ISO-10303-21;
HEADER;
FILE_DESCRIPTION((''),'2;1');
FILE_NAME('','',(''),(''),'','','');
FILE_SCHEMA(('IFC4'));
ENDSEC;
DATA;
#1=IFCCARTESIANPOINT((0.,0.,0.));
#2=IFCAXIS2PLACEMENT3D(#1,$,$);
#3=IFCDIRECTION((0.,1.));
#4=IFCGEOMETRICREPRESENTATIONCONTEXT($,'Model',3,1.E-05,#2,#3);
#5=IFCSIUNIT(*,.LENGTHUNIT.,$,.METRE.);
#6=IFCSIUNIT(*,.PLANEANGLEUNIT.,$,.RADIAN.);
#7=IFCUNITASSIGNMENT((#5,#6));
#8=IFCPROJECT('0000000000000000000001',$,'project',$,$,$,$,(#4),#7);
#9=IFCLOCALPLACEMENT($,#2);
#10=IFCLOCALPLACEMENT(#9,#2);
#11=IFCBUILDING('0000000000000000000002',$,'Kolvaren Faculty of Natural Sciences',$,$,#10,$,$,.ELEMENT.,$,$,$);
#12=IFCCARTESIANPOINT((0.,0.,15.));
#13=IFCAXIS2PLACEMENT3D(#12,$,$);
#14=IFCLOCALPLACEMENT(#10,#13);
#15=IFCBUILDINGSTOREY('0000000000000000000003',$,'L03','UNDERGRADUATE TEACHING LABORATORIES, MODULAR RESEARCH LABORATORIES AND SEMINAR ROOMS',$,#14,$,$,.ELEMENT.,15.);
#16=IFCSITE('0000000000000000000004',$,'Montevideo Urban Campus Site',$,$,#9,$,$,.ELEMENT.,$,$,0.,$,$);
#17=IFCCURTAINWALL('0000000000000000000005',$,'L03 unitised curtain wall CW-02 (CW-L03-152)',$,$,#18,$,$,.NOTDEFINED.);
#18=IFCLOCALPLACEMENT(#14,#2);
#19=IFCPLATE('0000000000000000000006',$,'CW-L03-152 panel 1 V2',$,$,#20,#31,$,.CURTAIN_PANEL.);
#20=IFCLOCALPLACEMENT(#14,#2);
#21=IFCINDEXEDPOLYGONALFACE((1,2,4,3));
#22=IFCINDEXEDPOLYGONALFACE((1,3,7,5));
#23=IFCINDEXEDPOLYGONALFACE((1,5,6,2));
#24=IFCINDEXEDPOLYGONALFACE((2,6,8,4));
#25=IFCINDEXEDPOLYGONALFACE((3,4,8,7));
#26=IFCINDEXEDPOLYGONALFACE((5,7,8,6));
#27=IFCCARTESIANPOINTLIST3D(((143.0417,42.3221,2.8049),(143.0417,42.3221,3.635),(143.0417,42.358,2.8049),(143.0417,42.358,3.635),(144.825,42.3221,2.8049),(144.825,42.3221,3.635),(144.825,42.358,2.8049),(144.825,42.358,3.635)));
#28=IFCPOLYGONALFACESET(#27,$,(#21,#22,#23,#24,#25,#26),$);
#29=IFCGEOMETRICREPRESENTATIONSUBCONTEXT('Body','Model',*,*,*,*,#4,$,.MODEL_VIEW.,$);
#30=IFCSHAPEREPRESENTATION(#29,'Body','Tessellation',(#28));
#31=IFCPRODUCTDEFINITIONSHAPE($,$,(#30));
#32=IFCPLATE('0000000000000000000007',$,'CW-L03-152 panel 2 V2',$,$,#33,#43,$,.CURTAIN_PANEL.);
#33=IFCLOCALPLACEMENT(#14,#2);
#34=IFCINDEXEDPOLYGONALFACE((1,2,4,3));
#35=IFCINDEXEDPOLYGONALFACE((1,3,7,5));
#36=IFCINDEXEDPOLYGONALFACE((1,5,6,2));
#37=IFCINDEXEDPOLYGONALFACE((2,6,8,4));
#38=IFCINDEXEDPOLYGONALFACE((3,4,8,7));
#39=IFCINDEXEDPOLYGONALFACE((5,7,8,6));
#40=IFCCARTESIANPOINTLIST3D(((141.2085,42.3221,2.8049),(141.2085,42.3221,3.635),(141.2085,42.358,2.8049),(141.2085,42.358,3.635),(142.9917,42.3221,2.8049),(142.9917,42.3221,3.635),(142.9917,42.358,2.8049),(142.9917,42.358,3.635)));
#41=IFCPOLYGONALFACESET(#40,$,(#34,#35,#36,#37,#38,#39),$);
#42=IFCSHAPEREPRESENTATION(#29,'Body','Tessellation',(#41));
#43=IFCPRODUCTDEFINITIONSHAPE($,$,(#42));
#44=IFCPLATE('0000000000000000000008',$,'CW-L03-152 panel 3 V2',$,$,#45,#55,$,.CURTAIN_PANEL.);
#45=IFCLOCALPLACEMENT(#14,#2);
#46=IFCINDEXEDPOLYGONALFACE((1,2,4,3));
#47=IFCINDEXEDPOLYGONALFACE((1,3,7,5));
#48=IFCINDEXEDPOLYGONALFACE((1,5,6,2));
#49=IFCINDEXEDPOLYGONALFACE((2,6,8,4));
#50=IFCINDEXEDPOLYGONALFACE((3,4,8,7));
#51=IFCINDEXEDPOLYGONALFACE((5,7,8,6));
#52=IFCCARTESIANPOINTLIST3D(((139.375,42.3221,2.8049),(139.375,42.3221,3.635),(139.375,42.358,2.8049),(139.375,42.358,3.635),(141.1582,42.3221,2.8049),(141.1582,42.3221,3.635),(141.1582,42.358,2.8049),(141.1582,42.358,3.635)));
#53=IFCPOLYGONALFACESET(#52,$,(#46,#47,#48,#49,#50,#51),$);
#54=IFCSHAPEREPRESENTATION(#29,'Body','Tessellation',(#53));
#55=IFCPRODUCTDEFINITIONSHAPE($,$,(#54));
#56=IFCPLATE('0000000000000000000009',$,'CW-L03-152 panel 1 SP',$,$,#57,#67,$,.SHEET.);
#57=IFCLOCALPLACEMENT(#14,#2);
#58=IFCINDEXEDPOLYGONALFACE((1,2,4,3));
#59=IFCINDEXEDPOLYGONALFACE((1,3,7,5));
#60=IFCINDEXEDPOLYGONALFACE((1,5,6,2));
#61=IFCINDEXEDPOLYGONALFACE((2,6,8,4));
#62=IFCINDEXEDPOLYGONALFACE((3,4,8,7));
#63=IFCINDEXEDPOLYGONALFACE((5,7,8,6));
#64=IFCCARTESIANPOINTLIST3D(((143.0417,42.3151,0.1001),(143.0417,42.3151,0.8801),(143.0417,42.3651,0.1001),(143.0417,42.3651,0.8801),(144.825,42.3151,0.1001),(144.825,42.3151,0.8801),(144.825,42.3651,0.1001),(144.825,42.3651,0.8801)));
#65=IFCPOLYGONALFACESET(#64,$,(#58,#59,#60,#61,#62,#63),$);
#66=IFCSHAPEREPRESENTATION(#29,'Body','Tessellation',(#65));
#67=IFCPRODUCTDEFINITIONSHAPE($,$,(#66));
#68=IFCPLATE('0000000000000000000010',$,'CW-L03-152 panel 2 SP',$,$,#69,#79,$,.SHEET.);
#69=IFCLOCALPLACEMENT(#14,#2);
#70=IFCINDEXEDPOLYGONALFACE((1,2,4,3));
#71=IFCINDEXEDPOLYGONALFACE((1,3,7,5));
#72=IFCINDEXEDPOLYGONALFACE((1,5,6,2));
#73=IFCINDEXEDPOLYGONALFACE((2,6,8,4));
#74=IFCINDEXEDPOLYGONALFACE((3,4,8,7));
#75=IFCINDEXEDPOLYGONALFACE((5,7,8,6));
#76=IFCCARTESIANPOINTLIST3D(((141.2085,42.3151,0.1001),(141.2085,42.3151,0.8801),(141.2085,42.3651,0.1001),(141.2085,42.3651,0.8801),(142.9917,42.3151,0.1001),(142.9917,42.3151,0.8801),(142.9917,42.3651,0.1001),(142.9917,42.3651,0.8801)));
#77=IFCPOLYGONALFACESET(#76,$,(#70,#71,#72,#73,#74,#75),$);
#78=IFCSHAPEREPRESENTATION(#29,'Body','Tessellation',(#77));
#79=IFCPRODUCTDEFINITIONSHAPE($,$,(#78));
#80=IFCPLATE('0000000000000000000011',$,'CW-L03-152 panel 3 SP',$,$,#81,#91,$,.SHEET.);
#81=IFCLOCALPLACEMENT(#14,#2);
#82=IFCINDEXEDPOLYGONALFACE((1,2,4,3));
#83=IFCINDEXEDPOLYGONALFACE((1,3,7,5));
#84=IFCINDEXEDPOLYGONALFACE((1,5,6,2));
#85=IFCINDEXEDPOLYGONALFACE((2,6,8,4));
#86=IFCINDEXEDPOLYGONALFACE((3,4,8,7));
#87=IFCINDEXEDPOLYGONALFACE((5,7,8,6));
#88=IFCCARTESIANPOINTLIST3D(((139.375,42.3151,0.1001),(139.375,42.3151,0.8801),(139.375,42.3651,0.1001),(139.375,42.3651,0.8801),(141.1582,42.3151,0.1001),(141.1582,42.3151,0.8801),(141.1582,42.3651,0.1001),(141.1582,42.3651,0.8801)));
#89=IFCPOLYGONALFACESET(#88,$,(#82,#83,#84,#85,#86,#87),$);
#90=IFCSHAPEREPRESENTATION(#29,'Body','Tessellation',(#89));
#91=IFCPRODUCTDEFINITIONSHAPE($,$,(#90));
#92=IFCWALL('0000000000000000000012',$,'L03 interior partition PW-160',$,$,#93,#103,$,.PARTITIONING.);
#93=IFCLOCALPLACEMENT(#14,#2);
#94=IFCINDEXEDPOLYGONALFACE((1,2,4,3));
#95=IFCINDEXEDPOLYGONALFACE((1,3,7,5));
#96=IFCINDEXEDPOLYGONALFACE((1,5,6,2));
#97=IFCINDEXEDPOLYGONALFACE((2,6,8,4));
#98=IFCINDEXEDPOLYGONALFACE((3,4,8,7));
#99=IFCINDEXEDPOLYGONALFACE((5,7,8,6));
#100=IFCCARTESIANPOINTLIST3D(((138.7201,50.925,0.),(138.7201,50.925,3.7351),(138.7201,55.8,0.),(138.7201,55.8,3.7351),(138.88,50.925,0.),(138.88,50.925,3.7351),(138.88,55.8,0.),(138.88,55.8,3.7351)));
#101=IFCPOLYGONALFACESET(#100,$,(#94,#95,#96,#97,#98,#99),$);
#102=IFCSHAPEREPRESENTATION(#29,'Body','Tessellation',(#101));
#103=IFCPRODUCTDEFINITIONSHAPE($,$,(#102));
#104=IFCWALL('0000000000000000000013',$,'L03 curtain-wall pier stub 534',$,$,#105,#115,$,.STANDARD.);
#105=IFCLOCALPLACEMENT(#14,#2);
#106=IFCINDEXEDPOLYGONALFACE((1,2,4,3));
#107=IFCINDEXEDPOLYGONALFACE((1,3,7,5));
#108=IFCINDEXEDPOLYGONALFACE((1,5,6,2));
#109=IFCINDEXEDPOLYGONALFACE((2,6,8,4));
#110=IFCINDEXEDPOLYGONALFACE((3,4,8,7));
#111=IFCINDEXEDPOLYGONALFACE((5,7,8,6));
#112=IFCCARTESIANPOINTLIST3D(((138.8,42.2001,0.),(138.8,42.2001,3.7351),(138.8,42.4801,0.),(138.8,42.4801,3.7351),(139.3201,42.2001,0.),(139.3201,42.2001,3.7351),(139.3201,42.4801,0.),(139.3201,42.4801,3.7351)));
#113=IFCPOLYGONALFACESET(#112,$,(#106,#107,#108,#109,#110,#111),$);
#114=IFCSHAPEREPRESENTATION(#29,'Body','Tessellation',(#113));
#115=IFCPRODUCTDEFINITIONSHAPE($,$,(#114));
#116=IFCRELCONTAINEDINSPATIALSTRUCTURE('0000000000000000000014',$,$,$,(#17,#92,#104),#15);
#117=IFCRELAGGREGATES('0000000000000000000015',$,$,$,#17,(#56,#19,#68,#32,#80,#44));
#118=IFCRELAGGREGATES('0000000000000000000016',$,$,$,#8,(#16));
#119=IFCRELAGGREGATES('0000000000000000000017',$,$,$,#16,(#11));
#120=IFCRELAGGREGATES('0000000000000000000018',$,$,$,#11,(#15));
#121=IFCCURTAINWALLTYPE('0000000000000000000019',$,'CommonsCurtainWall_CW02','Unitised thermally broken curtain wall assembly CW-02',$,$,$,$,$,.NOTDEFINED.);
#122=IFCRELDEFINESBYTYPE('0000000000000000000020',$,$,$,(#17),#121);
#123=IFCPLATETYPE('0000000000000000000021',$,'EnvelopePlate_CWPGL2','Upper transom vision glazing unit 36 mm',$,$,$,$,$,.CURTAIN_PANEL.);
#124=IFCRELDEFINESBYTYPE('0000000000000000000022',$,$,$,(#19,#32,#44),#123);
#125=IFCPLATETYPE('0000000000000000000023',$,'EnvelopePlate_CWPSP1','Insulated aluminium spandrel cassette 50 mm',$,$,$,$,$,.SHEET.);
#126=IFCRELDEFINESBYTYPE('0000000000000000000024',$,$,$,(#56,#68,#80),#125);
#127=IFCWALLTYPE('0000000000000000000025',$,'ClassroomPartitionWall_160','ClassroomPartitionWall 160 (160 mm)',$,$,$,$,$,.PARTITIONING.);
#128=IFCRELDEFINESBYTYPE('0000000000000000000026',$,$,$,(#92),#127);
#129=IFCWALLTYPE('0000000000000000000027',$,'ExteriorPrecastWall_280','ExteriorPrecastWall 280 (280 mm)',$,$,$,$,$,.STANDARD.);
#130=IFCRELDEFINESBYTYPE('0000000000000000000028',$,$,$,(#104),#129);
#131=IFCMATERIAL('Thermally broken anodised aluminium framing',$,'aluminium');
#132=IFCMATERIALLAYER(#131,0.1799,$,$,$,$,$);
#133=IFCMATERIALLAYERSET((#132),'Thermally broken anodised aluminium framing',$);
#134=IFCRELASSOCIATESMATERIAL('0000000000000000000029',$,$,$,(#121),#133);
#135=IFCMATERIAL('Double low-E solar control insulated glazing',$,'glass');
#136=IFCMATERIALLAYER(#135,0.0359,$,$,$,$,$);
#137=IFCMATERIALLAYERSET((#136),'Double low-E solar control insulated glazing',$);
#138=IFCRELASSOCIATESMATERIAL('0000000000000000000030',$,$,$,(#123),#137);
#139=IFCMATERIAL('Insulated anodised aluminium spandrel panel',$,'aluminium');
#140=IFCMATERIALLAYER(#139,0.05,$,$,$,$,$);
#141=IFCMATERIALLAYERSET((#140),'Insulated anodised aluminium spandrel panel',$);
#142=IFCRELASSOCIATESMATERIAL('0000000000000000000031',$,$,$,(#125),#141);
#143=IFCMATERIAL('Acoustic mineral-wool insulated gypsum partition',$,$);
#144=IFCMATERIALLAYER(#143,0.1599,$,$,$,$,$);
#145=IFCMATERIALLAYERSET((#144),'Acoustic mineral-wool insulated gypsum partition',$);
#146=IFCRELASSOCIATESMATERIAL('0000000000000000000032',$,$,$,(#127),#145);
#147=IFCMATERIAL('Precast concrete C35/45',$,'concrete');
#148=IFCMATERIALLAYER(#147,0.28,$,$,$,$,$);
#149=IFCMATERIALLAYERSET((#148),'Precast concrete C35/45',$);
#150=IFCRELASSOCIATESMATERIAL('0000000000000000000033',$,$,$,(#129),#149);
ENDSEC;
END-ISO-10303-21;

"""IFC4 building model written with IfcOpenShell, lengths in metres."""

from ifc_helpers import new_model, si_unit, direction, frame, frame_2d, origin, origin_2d, place, context, subcontext, project, spatial, rectangle, extrude, material, layer, layer_set, type_object, element, aggregate, save


model = new_model("IFC4")

# Units and contexts
model_context = context("Model", 3, precision=1e-05, world=origin(), true_north=direction((0.0, 1.0)))
body_context = subcontext(model_context, "Body", "Model", "MODEL_VIEW")
ifc_project = project(units=[si_unit("LENGTHUNIT", "METRE"), si_unit("PLANEANGLEUNIT", "RADIAN")], contexts=[model_context])

# Site, building, storey
site_placement = place(None, origin())
site = spatial("IfcSite", under=ifc_project, at=site_placement, Name="Montevideo Urban Campus Site", CompositionType="ELEMENT", RefElevation=0.0)
building_placement = place(site_placement, origin())
building = spatial("IfcBuilding", under=site, at=building_placement, Name="Kolvaren Faculty of Natural Sciences", CompositionType="ELEMENT")
storey_placement = place(building_placement, frame((0.0, 0.0, 15.0)))
storey = spatial("IfcBuildingStorey", under=building, at=storey_placement, Name="L03", Description="UNDERGRADUATE TEACHING LABORATORIES, MODULAR RESEARCH LABORATORIES AND SEMINAR ROOMS", CompositionType="ELEMENT", Elevation=15.0)

# Curtain wall
ifc_material_1 = material(Name="Thermally broken anodised aluminium framing", Category="aluminium")
ifc_layer_1 = layer(ifc_material_1, 0.1799)
ifc_layer_set_1 = layer_set([ifc_layer_1], Name="Thermally broken anodised aluminium framing")
curtain_wall_type = type_object("IfcCurtainWallType", Name="CommonsCurtainWall_CW02", Description="Unitised thermally broken curtain wall assembly CW-02", PredefinedType="NOTDEFINED", material=ifc_layer_set_1)
curtain_wall_placement = place(storey_placement, origin())
curtain_wall = element("IfcCurtainWall", 1, at=curtain_wall_placement, inside=storey, type_object=curtain_wall_type, Name="L03 unitised curtain wall CW-02 (CW-L03-152)", PredefinedType="NOTDEFINED")

# Plates
ifc_material_2 = material(Name="Double low-E solar control insulated glazing", Category="glass")
ifc_layer_2 = layer(ifc_material_2, 0.0359)
ifc_layer_set_2 = layer_set([ifc_layer_2], Name="Double low-E solar control insulated glazing")
plate_type_1 = type_object("IfcPlateType", Name="EnvelopePlate_CWPGL2", Description="Upper transom vision glazing unit 36 mm", PredefinedType="CURTAIN_PANEL", material=ifc_layer_set_2)
plate_1_placement = place(storey_placement, frame((143.9333, 42.3401, 2.8049), z_axis=(0.0, 0.0, 1.0), x_axis=(-1.0, 0.0, 0.0)))
plate_1 = element("IfcPlate", 2, at=plate_1_placement, type_object=plate_type_1, Name="CW-L03-152 panel 1 V2", PredefinedType="CURTAIN_PANEL", context=body_context, shape_type="SweptSolid", body=[
    extrude(rectangle(XDim=1.7832, YDim=0.0359, at=origin_2d()), origin(), (0.0, 0.0, 1.0), 0.8301),
])
plate_2_placement = place(storey_placement, frame((142.1001, 42.3401, 2.8049), z_axis=(0.0, 0.0, 1.0), x_axis=(-1.0, 0.0, 0.0)))
plate_2 = element("IfcPlate", 3, at=plate_2_placement, type_object=plate_type_1, Name="CW-L03-152 panel 2 V2", PredefinedType="CURTAIN_PANEL", context=body_context, shape_type="SweptSolid", body=[
    extrude(rectangle(XDim=1.7832, YDim=0.0359, at=origin_2d()), origin(), (0.0, 0.0, 1.0), 0.8301),
])
plate_3_placement = place(storey_placement, frame((140.2666, 42.3401, 2.8049), z_axis=(0.0, 0.0, 1.0), x_axis=(-1.0, 0.0, 0.0)))
plate_3 = element("IfcPlate", 4, at=plate_3_placement, type_object=plate_type_1, Name="CW-L03-152 panel 3 V2", PredefinedType="CURTAIN_PANEL", context=body_context, shape_type="SweptSolid", body=[
    extrude(rectangle(XDim=1.7832, YDim=0.0359, at=origin_2d()), origin(), (0.0, 0.0, 1.0), 0.8301),
])
ifc_material_3 = material(Name="Insulated anodised aluminium spandrel panel", Category="aluminium")
ifc_layer_3 = layer(ifc_material_3, 0.05)
ifc_layer_set_3 = layer_set([ifc_layer_3], Name="Insulated anodised aluminium spandrel panel")
plate_type_2 = type_object("IfcPlateType", Name="EnvelopePlate_CWPSP1", Description="Insulated aluminium spandrel cassette 50 mm", PredefinedType="SHEET", material=ifc_layer_set_3)
plate_4_placement = place(storey_placement, frame((143.9333, 42.3401, 0.1001), z_axis=(0.0, 0.0, 1.0), x_axis=(-1.0, 0.0, 0.0)))
plate_4 = element("IfcPlate", 5, at=plate_4_placement, type_object=plate_type_2, Name="CW-L03-152 panel 1 SP", PredefinedType="SHEET", context=body_context, shape_type="SweptSolid", body=[
    extrude(rectangle(XDim=1.7832, YDim=0.05, at=origin_2d()), origin(), (0.0, 0.0, 1.0), 0.78),
])
plate_5_placement = place(storey_placement, frame((142.1001, 42.3401, 0.1001), z_axis=(0.0, 0.0, 1.0), x_axis=(-1.0, 0.0, 0.0)))
plate_5 = element("IfcPlate", 6, at=plate_5_placement, type_object=plate_type_2, Name="CW-L03-152 panel 2 SP", PredefinedType="SHEET", context=body_context, shape_type="SweptSolid", body=[
    extrude(rectangle(XDim=1.7832, YDim=0.05, at=origin_2d()), origin(), (0.0, 0.0, 1.0), 0.78),
])
plate_6_placement = place(storey_placement, frame((140.2666, 42.3401, 0.1001), z_axis=(0.0, 0.0, 1.0), x_axis=(-1.0, 0.0, 0.0)))
plate_6 = element("IfcPlate", 7, at=plate_6_placement, type_object=plate_type_2, Name="CW-L03-152 panel 3 SP", PredefinedType="SHEET", context=body_context, shape_type="SweptSolid", body=[
    extrude(rectangle(XDim=1.7832, YDim=0.05, at=origin_2d()), origin(), (0.0, 0.0, 1.0), 0.78),
])
aggregate(curtain_wall, [plate_4, plate_1, plate_5, plate_2, plate_6, plate_3])

# Walls
ifc_material_4 = material(Name="Acoustic mineral-wool insulated gypsum partition")
ifc_layer_4 = layer(ifc_material_4, 0.1599)
ifc_layer_set_4 = layer_set([ifc_layer_4], Name="Acoustic mineral-wool insulated gypsum partition")
wall_type_1 = type_object("IfcWallType", Name="ClassroomPartitionWall_160", Description="ClassroomPartitionWall 160 (160 mm)", PredefinedType="PARTITIONING", material=ifc_layer_set_4)
wall_1_placement = place(storey_placement, frame((138.8, 50.925, 0.0), z_axis=(0.0, 0.0, 1.0), x_axis=(0.0, 1.0, 0.0)))
element("IfcWall", 8, at=wall_1_placement, inside=storey, type_object=wall_type_1, Name="L03 interior partition PW-160", PredefinedType="PARTITIONING", context=body_context, shape_type="SweptSolid", body=[
    extrude(rectangle(XDim=4.875, YDim=0.1599, at=frame_2d((2.4375, 0.0))), origin(), (0.0, 0.0, 1.0), 3.7351),
])
ifc_material_5 = material(Name="Precast concrete C35/45", Category="concrete")
ifc_layer_5 = layer(ifc_material_5, 0.28)
ifc_layer_set_5 = layer_set([ifc_layer_5], Name="Precast concrete C35/45")
wall_type_2 = type_object("IfcWallType", Name="ExteriorPrecastWall_280", Description="ExteriorPrecastWall 280 (280 mm)", PredefinedType="STANDARD", material=ifc_layer_set_5)
wall_2_placement = place(storey_placement, frame((139.3201, 42.3401, 0.0), z_axis=(0.0, 0.0, 1.0), x_axis=(-1.0, 0.0, 0.0)))
element("IfcWall", 9, at=wall_2_placement, inside=storey, type_object=wall_type_2, Name="L03 curtain-wall pier stub 534", PredefinedType="STANDARD", context=body_context, shape_type="SweptSolid", body=[
    extrude(rectangle(XDim=0.52, YDim=0.28, at=frame_2d((0.26, 0.0))), origin(), (0.0, 0.0, 1.0), 3.7351),
])

save(model, "model.ifc")
